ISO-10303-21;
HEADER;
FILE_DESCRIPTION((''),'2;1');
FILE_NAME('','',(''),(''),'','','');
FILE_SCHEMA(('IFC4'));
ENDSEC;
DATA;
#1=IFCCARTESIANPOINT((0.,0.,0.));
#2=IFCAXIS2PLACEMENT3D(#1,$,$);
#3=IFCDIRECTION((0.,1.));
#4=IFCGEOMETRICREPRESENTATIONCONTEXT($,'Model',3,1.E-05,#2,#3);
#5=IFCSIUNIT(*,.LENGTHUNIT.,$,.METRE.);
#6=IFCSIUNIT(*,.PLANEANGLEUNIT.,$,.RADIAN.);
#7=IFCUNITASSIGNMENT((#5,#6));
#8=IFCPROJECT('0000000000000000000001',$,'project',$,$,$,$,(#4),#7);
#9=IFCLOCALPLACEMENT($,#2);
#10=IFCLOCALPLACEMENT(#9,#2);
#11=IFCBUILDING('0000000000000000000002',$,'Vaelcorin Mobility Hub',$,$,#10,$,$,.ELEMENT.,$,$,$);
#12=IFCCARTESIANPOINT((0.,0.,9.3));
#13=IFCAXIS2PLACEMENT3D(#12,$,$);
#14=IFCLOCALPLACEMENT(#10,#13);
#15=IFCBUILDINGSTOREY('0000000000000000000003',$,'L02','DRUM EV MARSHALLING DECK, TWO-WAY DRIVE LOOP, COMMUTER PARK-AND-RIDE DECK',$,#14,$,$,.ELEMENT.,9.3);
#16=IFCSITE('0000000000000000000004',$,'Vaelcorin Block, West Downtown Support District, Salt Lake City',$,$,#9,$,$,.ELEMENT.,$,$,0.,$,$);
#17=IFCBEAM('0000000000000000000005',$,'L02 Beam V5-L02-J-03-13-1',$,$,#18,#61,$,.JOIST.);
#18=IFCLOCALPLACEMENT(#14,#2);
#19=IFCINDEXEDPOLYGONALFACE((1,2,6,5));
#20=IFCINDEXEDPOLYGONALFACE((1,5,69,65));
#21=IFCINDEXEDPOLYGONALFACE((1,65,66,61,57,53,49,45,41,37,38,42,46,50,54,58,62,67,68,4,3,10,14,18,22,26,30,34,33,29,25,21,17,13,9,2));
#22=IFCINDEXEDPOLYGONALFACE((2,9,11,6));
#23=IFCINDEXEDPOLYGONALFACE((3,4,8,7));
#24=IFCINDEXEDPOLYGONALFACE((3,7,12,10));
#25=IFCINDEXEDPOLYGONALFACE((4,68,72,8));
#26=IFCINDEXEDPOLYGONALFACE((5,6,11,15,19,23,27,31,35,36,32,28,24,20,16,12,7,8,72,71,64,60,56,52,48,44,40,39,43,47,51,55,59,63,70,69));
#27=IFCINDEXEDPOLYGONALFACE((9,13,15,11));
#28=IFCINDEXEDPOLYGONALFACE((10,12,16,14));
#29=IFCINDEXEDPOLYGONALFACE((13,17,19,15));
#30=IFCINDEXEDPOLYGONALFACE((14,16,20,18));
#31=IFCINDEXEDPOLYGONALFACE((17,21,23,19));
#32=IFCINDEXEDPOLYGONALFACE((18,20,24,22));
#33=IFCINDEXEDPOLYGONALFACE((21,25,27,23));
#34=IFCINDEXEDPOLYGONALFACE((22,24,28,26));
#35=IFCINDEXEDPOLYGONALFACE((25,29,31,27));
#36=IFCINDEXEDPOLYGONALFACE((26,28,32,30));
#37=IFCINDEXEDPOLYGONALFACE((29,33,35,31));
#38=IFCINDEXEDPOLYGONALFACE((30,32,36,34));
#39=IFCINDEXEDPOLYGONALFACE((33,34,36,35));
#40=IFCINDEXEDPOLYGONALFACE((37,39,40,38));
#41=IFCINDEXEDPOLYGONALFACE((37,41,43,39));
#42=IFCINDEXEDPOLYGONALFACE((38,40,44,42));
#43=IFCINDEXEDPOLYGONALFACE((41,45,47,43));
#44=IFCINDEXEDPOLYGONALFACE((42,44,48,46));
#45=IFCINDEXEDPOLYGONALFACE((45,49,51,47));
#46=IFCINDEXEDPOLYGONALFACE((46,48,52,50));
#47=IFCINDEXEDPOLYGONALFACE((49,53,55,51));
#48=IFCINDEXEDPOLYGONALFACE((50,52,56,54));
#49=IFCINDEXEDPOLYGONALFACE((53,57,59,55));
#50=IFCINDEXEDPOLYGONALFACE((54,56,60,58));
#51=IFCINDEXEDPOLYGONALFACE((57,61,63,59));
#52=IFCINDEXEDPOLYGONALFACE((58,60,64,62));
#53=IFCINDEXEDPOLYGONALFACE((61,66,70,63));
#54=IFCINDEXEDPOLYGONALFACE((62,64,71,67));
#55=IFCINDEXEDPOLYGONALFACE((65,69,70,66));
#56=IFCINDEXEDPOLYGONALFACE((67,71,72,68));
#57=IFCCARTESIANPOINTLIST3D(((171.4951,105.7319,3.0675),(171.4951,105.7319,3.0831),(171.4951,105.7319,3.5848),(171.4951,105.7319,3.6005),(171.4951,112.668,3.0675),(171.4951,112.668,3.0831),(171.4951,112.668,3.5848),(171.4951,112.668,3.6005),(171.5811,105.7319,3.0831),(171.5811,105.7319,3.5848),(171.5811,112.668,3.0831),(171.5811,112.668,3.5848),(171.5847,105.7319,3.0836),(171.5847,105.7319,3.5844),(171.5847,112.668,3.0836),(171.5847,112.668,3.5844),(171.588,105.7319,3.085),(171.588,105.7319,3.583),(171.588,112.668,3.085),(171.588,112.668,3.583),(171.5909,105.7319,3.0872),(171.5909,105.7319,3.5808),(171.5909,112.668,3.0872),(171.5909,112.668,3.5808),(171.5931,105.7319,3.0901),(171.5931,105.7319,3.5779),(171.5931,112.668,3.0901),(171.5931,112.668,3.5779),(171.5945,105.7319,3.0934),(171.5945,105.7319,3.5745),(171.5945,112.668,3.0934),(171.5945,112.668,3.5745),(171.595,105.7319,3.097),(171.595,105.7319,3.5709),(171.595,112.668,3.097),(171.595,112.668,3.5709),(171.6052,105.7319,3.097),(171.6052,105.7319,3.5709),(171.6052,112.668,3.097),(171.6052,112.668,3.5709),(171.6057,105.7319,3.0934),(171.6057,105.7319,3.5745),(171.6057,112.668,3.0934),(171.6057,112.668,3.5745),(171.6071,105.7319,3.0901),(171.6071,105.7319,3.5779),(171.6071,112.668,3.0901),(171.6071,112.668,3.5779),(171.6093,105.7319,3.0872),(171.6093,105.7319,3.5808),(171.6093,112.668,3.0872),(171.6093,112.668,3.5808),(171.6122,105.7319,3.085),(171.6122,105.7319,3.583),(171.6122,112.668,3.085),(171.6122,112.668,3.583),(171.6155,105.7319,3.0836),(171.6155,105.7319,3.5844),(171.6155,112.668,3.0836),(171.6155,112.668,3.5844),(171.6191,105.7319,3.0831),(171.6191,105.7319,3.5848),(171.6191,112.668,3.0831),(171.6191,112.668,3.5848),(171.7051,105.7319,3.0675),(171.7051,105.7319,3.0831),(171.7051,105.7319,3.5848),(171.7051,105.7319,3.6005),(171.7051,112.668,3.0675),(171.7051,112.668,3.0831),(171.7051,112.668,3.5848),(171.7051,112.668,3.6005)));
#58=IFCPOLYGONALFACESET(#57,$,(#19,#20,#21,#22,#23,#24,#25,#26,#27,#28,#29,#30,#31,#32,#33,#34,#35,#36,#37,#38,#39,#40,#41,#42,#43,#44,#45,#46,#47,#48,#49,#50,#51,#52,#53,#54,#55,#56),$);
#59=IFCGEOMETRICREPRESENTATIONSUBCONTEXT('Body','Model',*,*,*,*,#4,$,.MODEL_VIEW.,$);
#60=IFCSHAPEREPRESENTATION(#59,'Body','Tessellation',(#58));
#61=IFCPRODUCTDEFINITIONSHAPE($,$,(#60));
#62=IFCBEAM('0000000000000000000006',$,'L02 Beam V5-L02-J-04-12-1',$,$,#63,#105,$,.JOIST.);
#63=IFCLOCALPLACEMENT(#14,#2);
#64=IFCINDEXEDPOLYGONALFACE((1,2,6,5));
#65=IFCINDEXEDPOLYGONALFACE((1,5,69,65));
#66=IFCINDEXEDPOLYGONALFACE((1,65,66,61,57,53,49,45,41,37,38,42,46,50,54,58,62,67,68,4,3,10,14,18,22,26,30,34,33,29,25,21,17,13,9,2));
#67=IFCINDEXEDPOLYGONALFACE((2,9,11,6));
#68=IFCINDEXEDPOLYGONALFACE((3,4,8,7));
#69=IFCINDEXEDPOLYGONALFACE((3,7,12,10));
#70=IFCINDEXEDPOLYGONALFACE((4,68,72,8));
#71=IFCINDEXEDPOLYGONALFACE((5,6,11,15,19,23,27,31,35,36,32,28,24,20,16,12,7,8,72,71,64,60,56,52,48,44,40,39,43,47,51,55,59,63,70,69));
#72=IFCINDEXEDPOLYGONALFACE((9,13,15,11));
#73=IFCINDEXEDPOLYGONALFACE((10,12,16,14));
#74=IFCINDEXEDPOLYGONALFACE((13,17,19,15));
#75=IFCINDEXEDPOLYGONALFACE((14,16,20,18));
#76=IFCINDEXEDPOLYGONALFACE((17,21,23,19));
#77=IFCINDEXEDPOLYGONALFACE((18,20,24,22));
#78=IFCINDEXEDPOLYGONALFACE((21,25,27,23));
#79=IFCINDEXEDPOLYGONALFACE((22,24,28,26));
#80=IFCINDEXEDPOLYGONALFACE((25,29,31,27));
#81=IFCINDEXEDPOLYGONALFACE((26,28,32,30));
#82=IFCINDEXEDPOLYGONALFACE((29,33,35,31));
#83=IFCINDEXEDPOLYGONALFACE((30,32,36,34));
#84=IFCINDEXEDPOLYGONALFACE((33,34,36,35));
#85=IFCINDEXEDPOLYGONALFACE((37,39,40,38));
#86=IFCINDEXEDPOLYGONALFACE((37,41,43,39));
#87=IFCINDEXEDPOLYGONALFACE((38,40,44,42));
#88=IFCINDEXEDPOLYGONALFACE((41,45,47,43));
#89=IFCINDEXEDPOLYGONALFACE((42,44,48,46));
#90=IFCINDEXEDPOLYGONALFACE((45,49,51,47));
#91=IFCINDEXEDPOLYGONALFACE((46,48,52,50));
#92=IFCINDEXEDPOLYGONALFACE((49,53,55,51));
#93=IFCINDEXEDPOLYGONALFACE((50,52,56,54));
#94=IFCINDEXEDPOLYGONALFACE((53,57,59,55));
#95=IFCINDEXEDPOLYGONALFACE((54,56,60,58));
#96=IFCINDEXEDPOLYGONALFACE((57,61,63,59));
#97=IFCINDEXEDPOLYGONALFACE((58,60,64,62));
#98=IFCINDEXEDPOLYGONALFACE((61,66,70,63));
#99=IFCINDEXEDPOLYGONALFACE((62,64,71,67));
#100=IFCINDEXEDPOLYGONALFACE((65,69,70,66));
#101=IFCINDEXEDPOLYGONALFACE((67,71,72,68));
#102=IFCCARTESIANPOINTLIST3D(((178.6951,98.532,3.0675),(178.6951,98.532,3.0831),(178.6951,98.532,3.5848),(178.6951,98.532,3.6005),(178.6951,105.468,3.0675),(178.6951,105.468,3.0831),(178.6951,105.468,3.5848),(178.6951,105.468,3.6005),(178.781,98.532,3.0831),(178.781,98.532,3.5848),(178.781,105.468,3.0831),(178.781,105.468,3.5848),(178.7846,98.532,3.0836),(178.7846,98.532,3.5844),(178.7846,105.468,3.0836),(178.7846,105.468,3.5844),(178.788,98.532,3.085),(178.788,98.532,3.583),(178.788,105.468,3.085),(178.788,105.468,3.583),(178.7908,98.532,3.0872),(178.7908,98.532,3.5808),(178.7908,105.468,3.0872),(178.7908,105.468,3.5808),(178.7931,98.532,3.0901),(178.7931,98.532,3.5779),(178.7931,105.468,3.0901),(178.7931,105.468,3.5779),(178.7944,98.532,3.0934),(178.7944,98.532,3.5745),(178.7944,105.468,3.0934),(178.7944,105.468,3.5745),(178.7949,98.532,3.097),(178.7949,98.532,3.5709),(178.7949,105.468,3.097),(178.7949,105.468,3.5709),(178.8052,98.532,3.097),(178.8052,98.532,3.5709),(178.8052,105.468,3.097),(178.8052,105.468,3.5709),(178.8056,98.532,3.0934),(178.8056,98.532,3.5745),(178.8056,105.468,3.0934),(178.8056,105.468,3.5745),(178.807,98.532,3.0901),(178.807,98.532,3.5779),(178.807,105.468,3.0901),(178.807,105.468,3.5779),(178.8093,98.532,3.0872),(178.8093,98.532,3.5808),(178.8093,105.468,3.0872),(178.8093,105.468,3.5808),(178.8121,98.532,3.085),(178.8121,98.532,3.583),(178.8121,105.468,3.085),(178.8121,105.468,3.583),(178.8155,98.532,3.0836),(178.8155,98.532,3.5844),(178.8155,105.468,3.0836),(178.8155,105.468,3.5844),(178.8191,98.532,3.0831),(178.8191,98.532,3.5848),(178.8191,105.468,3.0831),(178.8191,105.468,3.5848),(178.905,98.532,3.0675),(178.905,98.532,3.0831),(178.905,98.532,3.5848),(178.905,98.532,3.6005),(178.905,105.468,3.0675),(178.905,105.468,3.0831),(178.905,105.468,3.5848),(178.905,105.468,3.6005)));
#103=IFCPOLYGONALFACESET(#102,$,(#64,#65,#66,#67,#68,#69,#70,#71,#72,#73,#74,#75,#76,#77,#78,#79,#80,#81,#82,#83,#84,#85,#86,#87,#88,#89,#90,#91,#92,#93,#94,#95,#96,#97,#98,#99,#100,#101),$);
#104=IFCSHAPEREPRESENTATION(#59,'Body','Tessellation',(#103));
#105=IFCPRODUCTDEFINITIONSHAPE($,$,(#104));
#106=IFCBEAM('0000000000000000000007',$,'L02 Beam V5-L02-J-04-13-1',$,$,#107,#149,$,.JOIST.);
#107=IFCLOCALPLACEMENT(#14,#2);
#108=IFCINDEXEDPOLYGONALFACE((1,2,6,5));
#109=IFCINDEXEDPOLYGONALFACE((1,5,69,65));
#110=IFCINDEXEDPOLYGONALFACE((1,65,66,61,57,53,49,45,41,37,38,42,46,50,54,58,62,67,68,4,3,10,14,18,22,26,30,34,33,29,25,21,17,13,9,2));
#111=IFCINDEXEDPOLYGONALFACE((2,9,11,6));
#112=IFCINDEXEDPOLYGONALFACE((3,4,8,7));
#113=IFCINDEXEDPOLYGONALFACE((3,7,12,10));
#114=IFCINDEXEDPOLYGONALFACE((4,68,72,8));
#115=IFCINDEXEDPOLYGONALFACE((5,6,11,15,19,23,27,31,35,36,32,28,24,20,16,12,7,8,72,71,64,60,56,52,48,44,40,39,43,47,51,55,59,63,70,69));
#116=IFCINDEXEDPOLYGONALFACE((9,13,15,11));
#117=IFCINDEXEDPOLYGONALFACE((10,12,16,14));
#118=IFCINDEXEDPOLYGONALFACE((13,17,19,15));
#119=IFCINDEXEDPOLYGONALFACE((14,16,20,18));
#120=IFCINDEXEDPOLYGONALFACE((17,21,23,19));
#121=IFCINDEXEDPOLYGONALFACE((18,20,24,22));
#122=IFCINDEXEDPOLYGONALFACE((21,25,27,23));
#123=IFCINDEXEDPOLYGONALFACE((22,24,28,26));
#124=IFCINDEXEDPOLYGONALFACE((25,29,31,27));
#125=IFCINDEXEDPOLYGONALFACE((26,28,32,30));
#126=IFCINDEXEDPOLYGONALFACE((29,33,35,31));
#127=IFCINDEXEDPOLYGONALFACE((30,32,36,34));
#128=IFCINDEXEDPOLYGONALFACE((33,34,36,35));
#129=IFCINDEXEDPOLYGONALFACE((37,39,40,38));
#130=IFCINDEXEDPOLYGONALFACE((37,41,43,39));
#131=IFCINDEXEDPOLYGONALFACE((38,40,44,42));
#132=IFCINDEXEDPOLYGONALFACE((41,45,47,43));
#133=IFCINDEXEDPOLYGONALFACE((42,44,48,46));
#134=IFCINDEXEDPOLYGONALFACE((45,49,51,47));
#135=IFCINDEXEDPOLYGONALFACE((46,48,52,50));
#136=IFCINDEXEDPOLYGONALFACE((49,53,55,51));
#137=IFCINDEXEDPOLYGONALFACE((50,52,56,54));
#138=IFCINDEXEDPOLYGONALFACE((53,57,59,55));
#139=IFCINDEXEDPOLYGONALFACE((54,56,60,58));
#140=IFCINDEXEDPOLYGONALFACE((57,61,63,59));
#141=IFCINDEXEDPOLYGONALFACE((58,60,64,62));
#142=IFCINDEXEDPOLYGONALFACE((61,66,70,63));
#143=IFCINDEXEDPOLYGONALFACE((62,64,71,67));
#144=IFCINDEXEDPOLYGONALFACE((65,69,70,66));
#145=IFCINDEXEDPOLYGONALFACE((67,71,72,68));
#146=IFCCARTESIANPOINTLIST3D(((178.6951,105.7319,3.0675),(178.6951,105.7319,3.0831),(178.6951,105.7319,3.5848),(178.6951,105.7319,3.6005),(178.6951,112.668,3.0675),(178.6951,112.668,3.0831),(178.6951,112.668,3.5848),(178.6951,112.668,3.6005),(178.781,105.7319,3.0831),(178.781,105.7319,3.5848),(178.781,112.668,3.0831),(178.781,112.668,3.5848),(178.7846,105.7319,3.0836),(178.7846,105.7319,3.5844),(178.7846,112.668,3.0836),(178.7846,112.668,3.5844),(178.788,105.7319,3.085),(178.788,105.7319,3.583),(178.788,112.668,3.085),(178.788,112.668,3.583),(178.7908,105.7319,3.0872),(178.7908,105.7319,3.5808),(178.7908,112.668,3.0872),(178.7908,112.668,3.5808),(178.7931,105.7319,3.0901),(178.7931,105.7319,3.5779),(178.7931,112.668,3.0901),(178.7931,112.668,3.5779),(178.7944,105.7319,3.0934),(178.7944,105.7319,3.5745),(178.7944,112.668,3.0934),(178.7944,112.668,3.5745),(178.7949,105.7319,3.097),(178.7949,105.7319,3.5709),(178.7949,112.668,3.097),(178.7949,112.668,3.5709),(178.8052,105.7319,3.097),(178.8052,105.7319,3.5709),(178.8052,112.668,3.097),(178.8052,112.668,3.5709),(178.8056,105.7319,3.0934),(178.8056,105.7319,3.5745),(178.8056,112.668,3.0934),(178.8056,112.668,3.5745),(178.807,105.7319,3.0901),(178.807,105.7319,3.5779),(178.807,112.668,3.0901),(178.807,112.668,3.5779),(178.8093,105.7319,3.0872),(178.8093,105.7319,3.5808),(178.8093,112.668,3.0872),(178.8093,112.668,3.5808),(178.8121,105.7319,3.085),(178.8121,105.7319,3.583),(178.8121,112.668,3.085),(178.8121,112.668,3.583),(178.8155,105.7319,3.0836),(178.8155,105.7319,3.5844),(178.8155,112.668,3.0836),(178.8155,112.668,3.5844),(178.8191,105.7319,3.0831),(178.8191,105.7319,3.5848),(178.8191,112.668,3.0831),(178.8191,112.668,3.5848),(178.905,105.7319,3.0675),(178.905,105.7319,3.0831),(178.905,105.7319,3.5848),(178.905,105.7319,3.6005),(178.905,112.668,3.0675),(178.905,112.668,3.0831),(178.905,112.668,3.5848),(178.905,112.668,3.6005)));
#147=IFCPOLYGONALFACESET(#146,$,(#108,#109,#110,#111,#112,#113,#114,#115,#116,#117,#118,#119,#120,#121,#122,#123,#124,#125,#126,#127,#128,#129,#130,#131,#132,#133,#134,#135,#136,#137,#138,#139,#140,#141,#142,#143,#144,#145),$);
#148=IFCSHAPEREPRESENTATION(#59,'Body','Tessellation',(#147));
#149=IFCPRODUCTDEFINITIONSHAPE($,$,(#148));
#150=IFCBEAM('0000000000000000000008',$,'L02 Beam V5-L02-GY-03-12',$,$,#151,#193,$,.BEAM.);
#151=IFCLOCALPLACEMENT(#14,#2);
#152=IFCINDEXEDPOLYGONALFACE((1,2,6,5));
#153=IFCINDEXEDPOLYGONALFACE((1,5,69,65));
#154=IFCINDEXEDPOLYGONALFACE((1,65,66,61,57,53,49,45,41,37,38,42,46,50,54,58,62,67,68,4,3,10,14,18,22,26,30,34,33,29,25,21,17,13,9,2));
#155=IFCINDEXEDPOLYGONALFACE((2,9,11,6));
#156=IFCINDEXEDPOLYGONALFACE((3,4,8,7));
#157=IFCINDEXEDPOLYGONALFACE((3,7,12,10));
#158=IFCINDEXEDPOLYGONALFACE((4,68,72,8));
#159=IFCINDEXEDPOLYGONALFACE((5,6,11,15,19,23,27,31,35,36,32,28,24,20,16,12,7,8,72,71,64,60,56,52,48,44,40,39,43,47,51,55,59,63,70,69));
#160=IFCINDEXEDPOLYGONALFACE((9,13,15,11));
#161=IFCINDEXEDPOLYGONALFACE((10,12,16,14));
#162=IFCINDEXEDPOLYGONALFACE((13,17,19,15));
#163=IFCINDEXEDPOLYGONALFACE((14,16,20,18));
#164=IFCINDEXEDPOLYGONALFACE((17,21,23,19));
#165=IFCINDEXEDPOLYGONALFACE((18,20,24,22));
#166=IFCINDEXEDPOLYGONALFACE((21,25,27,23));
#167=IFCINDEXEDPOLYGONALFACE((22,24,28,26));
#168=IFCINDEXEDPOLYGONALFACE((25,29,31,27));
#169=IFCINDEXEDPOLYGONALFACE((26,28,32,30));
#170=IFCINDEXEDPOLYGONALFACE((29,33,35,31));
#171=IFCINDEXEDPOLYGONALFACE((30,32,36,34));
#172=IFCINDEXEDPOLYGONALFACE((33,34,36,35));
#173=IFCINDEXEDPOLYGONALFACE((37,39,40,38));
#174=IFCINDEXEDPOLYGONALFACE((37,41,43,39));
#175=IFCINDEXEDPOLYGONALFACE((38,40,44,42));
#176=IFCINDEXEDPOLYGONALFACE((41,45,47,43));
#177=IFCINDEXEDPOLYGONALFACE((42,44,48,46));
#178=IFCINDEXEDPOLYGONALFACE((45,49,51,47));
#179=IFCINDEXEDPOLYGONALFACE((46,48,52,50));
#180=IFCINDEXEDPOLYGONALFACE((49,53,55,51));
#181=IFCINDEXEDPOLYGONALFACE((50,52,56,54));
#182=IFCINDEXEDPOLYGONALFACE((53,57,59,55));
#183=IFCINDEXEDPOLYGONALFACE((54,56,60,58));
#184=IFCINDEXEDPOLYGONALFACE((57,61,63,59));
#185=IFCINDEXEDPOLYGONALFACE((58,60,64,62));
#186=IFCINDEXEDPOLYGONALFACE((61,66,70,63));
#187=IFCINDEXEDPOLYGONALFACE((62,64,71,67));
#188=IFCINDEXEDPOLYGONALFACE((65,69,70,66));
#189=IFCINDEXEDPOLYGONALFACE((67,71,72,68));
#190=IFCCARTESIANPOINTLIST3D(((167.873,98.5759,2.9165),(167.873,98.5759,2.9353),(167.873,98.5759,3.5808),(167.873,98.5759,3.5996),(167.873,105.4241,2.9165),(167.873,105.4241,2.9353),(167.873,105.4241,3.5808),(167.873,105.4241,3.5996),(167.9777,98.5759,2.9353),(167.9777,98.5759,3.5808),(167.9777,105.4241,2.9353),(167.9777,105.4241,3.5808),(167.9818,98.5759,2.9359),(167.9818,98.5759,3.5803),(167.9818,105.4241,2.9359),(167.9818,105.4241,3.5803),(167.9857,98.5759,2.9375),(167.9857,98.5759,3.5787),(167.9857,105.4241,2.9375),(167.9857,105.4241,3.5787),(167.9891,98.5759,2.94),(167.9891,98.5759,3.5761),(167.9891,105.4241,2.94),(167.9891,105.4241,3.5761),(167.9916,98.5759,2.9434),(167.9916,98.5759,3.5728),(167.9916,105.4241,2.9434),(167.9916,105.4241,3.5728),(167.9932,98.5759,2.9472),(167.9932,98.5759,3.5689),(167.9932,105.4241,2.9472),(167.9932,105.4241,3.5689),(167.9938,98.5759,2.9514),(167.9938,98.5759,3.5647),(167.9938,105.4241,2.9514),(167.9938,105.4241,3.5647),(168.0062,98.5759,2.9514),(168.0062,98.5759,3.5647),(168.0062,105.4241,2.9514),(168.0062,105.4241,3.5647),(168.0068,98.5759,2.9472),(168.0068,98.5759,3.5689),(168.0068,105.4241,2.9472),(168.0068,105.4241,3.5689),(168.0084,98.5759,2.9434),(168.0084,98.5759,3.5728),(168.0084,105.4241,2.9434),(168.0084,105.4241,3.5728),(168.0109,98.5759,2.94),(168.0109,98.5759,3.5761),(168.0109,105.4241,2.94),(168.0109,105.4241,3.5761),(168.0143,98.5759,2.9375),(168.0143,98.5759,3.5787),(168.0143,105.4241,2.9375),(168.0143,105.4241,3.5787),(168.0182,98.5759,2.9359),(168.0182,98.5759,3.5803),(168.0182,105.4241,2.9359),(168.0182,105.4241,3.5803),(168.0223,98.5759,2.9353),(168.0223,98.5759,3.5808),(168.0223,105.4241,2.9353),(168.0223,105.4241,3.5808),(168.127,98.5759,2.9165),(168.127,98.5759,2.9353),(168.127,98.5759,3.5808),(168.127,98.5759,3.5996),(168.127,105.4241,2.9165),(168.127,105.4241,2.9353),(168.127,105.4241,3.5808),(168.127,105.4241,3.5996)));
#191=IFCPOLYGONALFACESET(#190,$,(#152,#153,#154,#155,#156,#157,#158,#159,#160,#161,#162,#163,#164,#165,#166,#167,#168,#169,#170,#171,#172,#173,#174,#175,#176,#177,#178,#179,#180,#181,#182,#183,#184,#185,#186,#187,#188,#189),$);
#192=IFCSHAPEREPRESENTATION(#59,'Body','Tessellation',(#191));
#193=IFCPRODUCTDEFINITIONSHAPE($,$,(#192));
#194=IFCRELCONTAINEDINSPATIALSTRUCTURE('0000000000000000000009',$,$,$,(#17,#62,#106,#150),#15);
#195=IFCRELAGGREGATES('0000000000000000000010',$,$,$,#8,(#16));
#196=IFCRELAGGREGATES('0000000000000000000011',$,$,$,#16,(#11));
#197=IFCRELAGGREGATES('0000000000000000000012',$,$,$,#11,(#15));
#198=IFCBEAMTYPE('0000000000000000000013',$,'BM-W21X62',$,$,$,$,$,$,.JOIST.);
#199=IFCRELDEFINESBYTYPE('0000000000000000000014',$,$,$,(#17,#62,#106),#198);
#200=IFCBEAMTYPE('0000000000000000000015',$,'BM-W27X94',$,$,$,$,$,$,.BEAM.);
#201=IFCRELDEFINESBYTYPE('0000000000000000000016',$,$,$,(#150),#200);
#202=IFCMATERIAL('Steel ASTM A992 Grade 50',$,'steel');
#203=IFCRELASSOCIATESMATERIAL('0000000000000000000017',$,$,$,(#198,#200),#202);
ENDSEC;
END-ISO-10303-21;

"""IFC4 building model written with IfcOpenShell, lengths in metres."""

from ifc_helpers import new_model, si_unit, direction, frame, origin, origin_2d, place, context, subcontext, project, spatial, i_section, extrude, material, material_profile, profile_set, type_object, element, save


model = new_model("IFC4")

# Units and contexts
model_context = context("Model", 3, precision=1e-05, world=origin(), true_north=direction((0.0, 1.0)))
body_context = subcontext(model_context, "Body", "Model", "MODEL_VIEW")
ifc_project = project(units=[si_unit("LENGTHUNIT", "METRE"), si_unit("PLANEANGLEUNIT", "RADIAN")], contexts=[model_context])

# Site, building, storey
site_placement = place(None, origin())
site = spatial("IfcSite", under=ifc_project, at=site_placement, Name="Vaelcorin Block, West Downtown Support District, Salt Lake City", CompositionType="ELEMENT", RefElevation=0.0)
building_placement = place(site_placement, origin())
building = spatial("IfcBuilding", under=site, at=building_placement, Name="Vaelcorin Mobility Hub", CompositionType="ELEMENT")
storey_placement = place(building_placement, frame((0.0, 0.0, 9.3)))
storey = spatial("IfcBuildingStorey", under=building, at=storey_placement, Name="L02", Description="DRUM EV MARSHALLING DECK, TWO-WAY DRIVE LOOP, COMMUTER PARK-AND-RIDE DECK", CompositionType="ELEMENT", Elevation=9.3)

# Shared definitions
ifc_material_1 = material(Name="Steel ASTM A992 Grade 50", Category="steel")

# Beams
ifc_material_profile_1 = material_profile(ifc_material_1, i_section(OverallWidth=0.21, OverallDepth=0.533, WebThickness=0.0103, FlangeThickness=0.0156, FilletRadius=0.0139, at=origin_2d()), Name="W21X62")
ifc_profile_set_1 = profile_set([ifc_material_profile_1], Name="Steel ASTM A992 Grade 50")
beam_type_1 = type_object("IfcBeamType", Name="BM-W21X62", PredefinedType="JOIST", material=ifc_profile_set_1)
for number, where, z_axis, x_axis, name in (
    (1, (171.6001, 105.7319, 3.334), (0.0, 1.0, 0.0), (-1.0, 0.0, 0.0), "L02 Beam V5-L02-J-03-13-1"),
    (2, (178.8, 98.532, 3.334), (0.0, 1.0, 0.0), (-1.0, 0.0, 0.0), "L02 Beam V5-L02-J-04-12-1"),
    (3, (178.8, 105.7319, 3.334), (0.0, 1.0, 0.0), (-1.0, 0.0, 0.0), "L02 Beam V5-L02-J-04-13-1"),
):
    element("IfcBeam", number, at=place(storey_placement, frame(where, z_axis=z_axis, x_axis=x_axis)), inside=storey, type_object=beam_type_1, Name=name, PredefinedType="JOIST", context=body_context, shape_type="SweptSolid", body=[
        extrude(i_section(OverallWidth=0.21, OverallDepth=0.533, WebThickness=0.0103, FlangeThickness=0.0156, FilletRadius=0.0139, at=origin_2d()), origin(), (0.0, 0.0, 1.0), 6.936),
    ])
ifc_material_profile_2 = material_profile(ifc_material_1, i_section(OverallWidth=0.2539, OverallDepth=0.6831, WebThickness=0.0125, FlangeThickness=0.0188, FilletRadius=0.0161, at=origin_2d()), Name="W27X94")
ifc_profile_set_2 = profile_set([ifc_material_profile_2], Name="Steel ASTM A992 Grade 50")
beam_type_2 = type_object("IfcBeamType", Name="BM-W27X94", PredefinedType="BEAM", material=ifc_profile_set_2)
for number, where, z_axis, x_axis, name in (
    (4, (168.0, 98.5759, 3.2581), (0.0, 1.0, 0.0), (-1.0, 0.0, 0.0), "L02 Beam V5-L02-GY-03-12"),
):
    element("IfcBeam", number, at=place(storey_placement, frame(where, z_axis=z_axis, x_axis=x_axis)), inside=storey, type_object=beam_type_2, Name=name, PredefinedType="BEAM", context=body_context, shape_type="SweptSolid", body=[
        extrude(i_section(OverallWidth=0.2539, OverallDepth=0.6831, WebThickness=0.0125, FlangeThickness=0.0188, FilletRadius=0.0161, at=origin_2d()), origin(), (0.0, 0.0, 1.0), 6.8481),
    ])

save(model, "model.ifc")
